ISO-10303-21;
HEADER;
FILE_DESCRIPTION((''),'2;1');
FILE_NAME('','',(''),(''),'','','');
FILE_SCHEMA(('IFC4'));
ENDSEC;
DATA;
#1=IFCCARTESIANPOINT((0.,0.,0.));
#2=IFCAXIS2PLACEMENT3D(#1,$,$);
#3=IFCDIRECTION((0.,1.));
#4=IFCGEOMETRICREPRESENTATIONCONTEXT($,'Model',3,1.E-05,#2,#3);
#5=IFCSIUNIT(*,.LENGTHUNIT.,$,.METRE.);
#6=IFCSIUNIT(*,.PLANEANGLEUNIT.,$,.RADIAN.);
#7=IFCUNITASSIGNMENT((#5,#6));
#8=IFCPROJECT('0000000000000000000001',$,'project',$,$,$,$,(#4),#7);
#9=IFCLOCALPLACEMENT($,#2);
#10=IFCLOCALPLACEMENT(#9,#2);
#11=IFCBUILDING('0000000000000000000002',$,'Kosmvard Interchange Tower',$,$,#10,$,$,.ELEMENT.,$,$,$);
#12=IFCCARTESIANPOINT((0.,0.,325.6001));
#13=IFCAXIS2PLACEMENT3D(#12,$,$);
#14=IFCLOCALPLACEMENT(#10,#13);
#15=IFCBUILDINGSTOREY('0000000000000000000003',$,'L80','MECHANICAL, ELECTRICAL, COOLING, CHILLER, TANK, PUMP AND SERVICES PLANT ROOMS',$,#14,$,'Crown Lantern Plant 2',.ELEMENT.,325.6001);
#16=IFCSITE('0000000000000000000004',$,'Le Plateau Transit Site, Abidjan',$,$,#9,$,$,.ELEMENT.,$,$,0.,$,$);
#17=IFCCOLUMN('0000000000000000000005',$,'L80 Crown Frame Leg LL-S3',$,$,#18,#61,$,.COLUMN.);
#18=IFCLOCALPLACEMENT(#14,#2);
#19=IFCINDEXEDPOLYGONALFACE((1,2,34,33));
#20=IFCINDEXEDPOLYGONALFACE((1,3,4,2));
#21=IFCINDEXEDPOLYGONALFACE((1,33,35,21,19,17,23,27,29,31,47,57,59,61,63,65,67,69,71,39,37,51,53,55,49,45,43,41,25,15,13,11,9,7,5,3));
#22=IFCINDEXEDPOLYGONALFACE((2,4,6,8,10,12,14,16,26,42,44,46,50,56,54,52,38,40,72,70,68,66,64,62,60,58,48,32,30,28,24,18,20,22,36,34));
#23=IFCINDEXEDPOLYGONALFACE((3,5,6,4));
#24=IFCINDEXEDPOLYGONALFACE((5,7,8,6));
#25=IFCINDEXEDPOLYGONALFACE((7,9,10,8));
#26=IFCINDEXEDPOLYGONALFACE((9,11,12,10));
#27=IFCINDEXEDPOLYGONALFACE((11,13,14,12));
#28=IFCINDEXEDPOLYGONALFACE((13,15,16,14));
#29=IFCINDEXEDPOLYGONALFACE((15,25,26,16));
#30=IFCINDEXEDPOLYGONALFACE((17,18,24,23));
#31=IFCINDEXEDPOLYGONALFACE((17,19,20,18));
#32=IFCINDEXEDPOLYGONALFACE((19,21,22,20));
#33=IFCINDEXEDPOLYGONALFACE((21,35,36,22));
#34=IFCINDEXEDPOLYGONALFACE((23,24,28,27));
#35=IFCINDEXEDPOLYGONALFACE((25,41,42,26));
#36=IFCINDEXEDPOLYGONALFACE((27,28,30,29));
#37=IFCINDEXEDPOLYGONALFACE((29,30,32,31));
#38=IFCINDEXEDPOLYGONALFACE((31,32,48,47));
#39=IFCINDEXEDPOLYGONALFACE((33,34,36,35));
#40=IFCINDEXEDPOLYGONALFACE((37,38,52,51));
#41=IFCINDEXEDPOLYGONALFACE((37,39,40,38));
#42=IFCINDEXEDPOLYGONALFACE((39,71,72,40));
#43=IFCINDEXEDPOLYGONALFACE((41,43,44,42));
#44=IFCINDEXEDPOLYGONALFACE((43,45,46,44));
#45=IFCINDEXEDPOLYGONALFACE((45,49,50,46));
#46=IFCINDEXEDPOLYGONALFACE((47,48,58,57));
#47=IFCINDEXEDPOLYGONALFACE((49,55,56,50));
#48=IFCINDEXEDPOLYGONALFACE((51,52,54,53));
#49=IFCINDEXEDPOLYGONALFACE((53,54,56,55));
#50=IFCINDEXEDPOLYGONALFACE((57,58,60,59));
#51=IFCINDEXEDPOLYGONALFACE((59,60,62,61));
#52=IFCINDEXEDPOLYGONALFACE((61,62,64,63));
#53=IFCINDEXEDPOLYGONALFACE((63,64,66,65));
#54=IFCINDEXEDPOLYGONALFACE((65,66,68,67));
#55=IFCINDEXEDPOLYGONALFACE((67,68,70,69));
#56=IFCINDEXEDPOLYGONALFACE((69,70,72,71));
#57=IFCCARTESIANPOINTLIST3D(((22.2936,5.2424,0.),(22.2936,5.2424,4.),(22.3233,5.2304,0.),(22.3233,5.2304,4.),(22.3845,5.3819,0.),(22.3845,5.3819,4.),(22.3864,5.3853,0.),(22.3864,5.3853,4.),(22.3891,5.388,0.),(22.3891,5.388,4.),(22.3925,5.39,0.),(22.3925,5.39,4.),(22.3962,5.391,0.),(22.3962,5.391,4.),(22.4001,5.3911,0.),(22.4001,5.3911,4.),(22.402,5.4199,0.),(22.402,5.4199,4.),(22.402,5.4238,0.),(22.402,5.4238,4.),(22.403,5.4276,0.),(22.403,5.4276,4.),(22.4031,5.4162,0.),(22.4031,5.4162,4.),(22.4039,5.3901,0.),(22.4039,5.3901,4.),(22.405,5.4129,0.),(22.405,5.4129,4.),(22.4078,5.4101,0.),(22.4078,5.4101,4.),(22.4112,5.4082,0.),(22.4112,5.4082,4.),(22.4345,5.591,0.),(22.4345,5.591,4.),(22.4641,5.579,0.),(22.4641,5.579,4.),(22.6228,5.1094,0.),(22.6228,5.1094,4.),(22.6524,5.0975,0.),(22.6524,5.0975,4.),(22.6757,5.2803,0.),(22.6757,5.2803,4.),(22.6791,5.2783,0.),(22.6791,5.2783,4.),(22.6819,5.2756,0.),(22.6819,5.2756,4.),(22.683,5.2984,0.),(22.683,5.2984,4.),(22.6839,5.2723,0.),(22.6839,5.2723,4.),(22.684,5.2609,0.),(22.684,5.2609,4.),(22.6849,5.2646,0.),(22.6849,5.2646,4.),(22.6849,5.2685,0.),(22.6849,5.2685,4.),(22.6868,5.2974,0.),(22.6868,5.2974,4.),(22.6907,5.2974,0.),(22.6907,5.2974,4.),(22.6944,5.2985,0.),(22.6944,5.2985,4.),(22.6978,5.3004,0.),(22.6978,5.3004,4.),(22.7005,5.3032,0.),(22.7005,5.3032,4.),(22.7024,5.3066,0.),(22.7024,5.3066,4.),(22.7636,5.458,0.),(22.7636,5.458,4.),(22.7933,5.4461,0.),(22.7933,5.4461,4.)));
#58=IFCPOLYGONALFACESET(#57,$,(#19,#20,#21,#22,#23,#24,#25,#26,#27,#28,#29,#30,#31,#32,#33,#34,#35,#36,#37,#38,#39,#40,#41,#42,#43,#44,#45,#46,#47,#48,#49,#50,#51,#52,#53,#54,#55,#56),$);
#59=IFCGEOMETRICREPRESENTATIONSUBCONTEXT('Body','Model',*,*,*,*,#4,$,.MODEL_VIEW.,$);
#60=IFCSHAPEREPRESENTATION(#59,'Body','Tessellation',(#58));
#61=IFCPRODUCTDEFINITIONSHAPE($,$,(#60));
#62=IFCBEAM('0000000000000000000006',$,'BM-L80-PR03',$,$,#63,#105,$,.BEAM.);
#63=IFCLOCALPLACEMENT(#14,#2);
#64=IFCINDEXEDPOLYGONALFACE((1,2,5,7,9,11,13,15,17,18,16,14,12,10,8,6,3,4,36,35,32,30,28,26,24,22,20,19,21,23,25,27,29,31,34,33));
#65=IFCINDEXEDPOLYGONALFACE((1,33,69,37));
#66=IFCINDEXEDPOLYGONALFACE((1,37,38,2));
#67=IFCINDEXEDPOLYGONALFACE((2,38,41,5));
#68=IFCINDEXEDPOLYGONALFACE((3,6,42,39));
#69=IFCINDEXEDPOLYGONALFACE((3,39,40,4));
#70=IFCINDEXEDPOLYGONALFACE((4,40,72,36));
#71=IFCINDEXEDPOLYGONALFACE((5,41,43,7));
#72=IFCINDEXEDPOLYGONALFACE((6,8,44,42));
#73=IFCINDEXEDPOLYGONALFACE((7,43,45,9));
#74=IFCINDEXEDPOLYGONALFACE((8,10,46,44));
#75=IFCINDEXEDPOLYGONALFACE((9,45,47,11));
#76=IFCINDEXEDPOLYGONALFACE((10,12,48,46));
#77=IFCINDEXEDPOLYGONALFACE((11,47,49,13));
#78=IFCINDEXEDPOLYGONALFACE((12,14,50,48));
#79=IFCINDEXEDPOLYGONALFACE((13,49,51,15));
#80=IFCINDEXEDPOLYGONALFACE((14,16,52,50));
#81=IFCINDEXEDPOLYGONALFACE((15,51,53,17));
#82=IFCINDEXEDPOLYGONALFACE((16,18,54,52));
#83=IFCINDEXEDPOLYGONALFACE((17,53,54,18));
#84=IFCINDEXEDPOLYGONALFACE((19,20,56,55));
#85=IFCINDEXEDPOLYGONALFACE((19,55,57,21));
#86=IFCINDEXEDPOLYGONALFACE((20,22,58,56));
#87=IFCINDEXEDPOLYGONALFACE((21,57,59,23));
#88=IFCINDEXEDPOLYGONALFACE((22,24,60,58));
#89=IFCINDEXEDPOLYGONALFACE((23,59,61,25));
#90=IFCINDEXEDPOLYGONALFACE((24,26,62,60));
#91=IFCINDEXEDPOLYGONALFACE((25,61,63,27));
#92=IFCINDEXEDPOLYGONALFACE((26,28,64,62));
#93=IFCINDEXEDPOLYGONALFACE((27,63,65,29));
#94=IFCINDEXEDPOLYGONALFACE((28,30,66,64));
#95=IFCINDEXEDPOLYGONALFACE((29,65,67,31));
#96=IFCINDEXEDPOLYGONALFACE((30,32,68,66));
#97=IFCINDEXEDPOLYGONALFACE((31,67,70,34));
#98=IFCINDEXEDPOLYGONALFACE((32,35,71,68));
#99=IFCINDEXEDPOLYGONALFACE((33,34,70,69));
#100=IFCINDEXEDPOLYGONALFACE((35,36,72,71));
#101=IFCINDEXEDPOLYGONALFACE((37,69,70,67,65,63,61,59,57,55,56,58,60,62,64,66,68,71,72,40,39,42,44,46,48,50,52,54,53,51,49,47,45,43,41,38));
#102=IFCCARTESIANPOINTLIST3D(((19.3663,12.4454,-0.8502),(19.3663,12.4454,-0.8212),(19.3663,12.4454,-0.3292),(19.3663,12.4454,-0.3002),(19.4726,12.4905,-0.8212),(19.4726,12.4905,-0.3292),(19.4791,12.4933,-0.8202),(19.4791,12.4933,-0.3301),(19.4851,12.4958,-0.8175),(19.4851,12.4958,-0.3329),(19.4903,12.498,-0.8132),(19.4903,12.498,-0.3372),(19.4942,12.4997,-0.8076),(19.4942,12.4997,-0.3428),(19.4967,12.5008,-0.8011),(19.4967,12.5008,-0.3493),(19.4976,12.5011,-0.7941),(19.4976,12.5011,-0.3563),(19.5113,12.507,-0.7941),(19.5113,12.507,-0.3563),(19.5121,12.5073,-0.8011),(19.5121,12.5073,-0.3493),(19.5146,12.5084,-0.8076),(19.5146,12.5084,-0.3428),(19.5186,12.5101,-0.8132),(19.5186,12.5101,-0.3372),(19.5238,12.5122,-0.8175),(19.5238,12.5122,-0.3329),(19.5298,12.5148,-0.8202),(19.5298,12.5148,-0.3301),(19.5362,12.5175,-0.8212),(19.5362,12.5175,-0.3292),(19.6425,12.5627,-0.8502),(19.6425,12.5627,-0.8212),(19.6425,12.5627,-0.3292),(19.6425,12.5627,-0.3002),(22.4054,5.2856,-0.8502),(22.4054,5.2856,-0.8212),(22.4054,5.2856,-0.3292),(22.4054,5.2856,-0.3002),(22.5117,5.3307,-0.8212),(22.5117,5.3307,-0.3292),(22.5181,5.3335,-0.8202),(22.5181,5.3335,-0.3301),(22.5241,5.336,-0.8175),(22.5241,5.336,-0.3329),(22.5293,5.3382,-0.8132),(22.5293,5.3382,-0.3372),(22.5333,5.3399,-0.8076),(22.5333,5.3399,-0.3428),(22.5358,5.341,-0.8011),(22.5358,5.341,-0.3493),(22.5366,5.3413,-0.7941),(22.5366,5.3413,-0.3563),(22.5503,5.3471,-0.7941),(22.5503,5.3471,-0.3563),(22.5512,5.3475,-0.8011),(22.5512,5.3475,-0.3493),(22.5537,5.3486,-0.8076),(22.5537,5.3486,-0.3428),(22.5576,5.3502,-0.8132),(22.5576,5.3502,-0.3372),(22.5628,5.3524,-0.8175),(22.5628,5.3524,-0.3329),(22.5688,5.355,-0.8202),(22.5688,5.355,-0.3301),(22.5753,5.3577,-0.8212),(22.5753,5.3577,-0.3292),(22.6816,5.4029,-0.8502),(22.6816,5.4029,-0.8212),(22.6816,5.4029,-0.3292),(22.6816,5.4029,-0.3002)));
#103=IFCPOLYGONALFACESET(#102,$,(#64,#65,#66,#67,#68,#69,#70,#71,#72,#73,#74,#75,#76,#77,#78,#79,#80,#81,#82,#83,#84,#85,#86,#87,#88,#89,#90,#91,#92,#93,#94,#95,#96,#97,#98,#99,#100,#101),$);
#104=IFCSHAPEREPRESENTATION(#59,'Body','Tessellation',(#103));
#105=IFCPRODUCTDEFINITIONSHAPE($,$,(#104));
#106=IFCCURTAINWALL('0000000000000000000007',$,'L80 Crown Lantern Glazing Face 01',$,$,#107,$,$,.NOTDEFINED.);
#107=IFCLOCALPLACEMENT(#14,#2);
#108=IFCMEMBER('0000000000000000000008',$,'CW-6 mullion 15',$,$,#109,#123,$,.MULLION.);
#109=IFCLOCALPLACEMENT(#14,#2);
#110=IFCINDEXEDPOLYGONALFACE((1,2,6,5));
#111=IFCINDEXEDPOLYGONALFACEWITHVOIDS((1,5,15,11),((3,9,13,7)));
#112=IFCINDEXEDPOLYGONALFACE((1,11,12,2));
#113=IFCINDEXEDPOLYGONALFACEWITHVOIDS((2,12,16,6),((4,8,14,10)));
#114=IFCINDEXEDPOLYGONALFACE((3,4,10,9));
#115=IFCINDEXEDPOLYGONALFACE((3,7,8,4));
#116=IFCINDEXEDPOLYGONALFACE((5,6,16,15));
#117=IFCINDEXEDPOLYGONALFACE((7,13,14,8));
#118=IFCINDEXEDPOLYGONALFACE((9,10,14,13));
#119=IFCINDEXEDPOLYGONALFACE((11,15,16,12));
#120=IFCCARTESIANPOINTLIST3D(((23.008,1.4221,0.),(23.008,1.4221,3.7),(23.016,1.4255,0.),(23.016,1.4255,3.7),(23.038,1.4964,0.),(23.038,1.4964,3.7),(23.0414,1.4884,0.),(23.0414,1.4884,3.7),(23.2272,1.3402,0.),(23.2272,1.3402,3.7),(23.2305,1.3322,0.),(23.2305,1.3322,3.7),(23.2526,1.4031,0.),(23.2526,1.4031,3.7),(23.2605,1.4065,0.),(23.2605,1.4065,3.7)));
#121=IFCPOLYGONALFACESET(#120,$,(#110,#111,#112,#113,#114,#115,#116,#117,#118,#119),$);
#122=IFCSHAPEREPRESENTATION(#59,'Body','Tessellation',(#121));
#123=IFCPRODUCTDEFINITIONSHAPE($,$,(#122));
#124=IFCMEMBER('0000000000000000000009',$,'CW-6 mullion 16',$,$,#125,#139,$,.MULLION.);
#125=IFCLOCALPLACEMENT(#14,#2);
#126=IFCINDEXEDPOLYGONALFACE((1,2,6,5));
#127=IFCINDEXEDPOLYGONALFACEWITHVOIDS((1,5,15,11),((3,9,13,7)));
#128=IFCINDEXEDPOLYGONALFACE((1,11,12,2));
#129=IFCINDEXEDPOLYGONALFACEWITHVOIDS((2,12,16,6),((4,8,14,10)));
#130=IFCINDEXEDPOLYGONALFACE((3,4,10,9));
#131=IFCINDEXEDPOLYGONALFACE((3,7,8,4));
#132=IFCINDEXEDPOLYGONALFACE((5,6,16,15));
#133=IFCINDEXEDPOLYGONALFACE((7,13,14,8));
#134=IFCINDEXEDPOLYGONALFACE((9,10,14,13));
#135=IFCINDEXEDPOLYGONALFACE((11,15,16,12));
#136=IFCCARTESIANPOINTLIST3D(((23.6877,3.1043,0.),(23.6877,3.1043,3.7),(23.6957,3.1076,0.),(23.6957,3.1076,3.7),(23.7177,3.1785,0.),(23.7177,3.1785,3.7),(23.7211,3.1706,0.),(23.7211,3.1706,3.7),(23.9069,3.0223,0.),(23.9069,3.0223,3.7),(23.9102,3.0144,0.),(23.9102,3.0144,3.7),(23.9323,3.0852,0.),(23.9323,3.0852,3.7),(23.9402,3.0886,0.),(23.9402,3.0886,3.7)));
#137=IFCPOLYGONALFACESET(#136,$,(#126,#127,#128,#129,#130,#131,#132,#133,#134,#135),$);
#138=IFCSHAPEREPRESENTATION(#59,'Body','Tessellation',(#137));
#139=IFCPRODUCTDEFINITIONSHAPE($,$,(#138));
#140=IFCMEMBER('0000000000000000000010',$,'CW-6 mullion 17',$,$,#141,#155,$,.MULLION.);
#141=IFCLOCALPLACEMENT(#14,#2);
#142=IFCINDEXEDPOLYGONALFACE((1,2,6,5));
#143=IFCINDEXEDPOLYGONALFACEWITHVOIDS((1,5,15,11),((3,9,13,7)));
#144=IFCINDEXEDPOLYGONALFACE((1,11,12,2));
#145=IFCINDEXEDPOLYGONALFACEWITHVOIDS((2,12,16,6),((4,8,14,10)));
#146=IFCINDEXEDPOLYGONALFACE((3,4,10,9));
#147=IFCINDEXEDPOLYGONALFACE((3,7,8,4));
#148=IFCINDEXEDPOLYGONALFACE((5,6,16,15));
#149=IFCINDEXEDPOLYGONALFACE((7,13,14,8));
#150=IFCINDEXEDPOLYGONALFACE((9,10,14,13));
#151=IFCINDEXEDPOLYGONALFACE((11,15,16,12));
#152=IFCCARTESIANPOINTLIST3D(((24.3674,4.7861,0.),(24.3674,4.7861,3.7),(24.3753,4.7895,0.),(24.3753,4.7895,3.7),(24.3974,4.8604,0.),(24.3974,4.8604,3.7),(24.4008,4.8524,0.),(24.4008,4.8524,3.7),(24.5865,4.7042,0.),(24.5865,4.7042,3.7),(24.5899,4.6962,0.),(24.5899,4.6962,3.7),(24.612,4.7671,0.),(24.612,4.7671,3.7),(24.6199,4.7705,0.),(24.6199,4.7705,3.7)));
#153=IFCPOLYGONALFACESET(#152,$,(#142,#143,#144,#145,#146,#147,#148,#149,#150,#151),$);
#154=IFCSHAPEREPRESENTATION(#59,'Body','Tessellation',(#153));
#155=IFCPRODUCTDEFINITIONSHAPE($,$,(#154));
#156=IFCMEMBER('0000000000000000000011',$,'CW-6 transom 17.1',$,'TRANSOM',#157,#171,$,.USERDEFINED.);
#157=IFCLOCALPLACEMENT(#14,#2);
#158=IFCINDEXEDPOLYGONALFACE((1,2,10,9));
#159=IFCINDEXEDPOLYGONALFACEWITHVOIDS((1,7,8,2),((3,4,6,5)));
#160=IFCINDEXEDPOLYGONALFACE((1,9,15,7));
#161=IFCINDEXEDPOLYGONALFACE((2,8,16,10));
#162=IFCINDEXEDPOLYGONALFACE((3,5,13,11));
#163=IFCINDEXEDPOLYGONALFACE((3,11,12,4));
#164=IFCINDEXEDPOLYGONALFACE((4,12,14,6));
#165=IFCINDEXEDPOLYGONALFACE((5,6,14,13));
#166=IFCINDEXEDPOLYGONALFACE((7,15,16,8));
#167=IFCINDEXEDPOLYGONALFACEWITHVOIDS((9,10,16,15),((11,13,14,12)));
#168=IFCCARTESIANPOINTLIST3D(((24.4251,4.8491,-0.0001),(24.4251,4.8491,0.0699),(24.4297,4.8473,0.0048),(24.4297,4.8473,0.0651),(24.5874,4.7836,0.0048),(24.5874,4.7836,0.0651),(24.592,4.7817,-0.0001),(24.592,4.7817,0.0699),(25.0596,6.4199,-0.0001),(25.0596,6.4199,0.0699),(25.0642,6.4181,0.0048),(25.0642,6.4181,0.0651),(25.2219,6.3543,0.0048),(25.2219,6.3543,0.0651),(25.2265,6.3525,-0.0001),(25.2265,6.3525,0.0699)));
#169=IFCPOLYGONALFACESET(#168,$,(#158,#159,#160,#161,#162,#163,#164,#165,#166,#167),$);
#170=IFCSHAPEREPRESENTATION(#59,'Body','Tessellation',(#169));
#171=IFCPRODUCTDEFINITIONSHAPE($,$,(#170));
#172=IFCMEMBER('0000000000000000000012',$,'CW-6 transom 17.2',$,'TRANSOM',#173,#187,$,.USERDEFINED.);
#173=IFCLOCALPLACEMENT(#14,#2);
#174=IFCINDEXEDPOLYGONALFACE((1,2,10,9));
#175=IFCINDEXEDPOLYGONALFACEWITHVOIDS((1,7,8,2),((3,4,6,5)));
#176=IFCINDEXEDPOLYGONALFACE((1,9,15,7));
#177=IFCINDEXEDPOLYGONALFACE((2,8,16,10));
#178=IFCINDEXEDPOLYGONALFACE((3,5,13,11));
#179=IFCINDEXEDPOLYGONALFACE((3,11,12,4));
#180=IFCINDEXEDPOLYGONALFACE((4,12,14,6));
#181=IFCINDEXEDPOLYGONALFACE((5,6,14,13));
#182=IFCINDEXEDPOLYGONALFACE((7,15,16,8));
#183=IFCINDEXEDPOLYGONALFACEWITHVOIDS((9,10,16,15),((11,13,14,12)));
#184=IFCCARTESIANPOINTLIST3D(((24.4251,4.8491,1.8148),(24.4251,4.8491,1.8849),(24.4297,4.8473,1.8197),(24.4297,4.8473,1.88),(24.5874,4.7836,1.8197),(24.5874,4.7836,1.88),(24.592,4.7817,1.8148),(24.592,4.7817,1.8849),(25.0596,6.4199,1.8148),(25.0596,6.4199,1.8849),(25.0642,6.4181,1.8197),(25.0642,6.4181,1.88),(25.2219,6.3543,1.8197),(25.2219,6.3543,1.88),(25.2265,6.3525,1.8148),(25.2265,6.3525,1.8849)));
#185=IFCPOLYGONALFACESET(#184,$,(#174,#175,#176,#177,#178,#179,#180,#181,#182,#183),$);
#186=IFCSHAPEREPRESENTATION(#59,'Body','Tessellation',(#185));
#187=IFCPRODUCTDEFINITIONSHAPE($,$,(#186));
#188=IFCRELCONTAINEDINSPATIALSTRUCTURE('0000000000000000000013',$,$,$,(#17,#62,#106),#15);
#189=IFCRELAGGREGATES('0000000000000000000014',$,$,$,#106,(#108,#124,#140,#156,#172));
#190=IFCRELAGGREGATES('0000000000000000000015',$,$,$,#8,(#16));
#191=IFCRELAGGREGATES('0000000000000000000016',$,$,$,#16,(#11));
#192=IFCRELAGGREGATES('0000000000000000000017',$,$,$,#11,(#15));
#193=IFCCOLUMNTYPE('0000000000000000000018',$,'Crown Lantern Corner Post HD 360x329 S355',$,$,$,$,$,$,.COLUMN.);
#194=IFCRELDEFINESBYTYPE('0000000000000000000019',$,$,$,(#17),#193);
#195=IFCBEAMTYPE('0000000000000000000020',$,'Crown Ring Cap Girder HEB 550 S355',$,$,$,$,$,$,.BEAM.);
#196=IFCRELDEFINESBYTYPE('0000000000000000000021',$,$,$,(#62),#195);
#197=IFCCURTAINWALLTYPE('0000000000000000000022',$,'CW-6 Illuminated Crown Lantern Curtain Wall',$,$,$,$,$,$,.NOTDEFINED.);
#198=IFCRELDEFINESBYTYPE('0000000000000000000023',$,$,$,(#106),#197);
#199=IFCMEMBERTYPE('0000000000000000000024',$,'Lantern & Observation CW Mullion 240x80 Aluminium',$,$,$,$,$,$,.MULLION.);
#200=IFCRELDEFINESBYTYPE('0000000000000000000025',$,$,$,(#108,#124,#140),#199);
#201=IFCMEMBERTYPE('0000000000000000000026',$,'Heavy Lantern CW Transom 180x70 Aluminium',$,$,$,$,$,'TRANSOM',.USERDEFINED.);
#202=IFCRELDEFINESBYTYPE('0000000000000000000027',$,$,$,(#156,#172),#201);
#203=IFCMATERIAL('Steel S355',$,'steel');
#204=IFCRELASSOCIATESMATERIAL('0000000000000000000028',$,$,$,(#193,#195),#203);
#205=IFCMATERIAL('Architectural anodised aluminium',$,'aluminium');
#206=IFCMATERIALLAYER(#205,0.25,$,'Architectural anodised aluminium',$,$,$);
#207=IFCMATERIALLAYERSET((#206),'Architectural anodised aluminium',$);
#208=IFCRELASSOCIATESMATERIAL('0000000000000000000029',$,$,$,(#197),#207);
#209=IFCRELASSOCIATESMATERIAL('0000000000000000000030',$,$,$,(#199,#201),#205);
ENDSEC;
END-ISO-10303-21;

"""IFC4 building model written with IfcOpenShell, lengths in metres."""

from ifc_helpers import new_model, si_unit, direction, frame, origin, origin_2d, place, context, subcontext, project, spatial, hollow_rectangle, i_section, extrude, source, transform, mapped, material, layer, layer_set, material_profile, profile_set, type_object, element, aggregate, save


model = new_model("IFC4")

# Units and contexts
model_context = context("Model", 3, precision=1e-05, world=origin(), true_north=direction((0.0, 1.0)))
body_context = subcontext(model_context, "Body", "Model", "MODEL_VIEW")
ifc_project = project(units=[si_unit("LENGTHUNIT", "METRE"), si_unit("PLANEANGLEUNIT", "RADIAN")], contexts=[model_context])

# Site, building, storey
site_placement = place(None, origin())
site = spatial("IfcSite", under=ifc_project, at=site_placement, Name="Le Plateau Transit Site, Abidjan", CompositionType="ELEMENT", RefElevation=0.0)
building_placement = place(site_placement, origin())
building = spatial("IfcBuilding", under=site, at=building_placement, Name="Kosmvard Interchange Tower", CompositionType="ELEMENT")
storey_placement = place(building_placement, frame((0.0, 0.0, 325.6001)))
storey = spatial("IfcBuildingStorey", under=building, at=storey_placement, Name="L80", Description="MECHANICAL, ELECTRICAL, COOLING, CHILLER, TANK, PUMP AND SERVICES PLANT ROOMS", LongName="Crown Lantern Plant 2", CompositionType="ELEMENT", Elevation=325.6001)

# Column
ifc_material_1 = material(Name="Steel S355", Category="steel")
ifc_material_profile_1 = material_profile(ifc_material_1, i_section(OverallWidth=0.376, OverallDepth=0.387, WebThickness=0.0195, FlangeThickness=0.032, FilletRadius=0.0149, at=origin_2d()), Name="HD 360x329")
ifc_profile_set_1 = profile_set([ifc_material_profile_1], Name="Steel S355")
column_type = type_object("IfcColumnType", Name="Crown Lantern Corner Post HD 360x329 S355", PredefinedType="COLUMN", material=ifc_profile_set_1)
shared_shape_1 = source(origin(), body_context, "Body", "SweptSolid", [
    extrude(i_section(OverallWidth=0.376, OverallDepth=0.387, WebThickness=0.0195, FlangeThickness=0.032, FilletRadius=0.0149, at=origin_2d()), origin(), (0.0, 0.0, 1.0), 4.0),
])
column_placement = place(storey_placement, frame((22.5435, 5.3442, 0.0), z_axis=(0.0, 0.0, 1.0), x_axis=(0.374607, 0.927184, 0.0)))
element("IfcColumn", 1, at=column_placement, inside=storey, type_object=column_type, Name="L80 Crown Frame Leg LL-S3", PredefinedType="COLUMN", context=body_context, shape_type="MappedRepresentation", body=[
    mapped(shared_shape_1, transform((0.0, 0.0, 0.0), scale=1.0)),
])

# Beam
ifc_material_profile_2 = material_profile(ifc_material_1, i_section(OverallWidth=0.3, OverallDepth=0.55, WebThickness=0.0149, FlangeThickness=0.0291, FilletRadius=0.0271, at=origin_2d()), Name="HEB 550")
ifc_profile_set_2 = profile_set([ifc_material_profile_2], Name="Steel S355")
beam_type = type_object("IfcBeamType", Name="Crown Ring Cap Girder HEB 550 S355", PredefinedType="BEAM", material=ifc_profile_set_2)
shared_shape_2 = source(origin(), body_context, "Body", "SweptSolid", [
    extrude(i_section(OverallWidth=0.3, OverallDepth=0.55, WebThickness=0.0149, FlangeThickness=0.0291, FilletRadius=0.0271, at=origin_2d()), origin(), (0.0, 0.0, 1.0), 7.7781),
])
beam_placement = place(storey_placement, frame((22.5435, 5.3442, -0.5752), z_axis=(-0.390716, 0.920511, 0.0), x_axis=(-0.920511, -0.390716, 0.0)))
element("IfcBeam", 2, at=beam_placement, inside=storey, type_object=beam_type, Name="BM-L80-PR03", PredefinedType="BEAM", context=body_context, shape_type="MappedRepresentation", body=[
    mapped(shared_shape_2, transform((0.0, 0.0, 0.0), scale=1.0)),
])

# Curtain wall, members
ifc_material_2 = material(Name="Architectural anodised aluminium", Category="aluminium")
ifc_layer_1 = layer(ifc_material_2, 0.25, Name="Architectural anodised aluminium")
ifc_layer_set_1 = layer_set([ifc_layer_1], Name="Architectural anodised aluminium")
curtain_wall_type = type_object("IfcCurtainWallType", Name="CW-6 Illuminated Crown Lantern Curtain Wall", PredefinedType="NOTDEFINED", material=ifc_layer_set_1)
curtain_wall_placement = place(storey_placement, origin())
curtain_wall = element("IfcCurtainWall", 3, at=curtain_wall_placement, inside=storey, type_object=curtain_wall_type, Name="L80 Crown Lantern Glazing Face 01", PredefinedType="NOTDEFINED")
ifc_material_profile_3 = material_profile(ifc_material_2, hollow_rectangle(XDim=0.24, YDim=0.0801, WallThickness=0.0061, at=origin_2d()), Name="CWM 240x80x6")
ifc_profile_set_3 = profile_set([ifc_material_profile_3], Name="Architectural anodised aluminium")
member_type_1 = type_object("IfcMemberType", Name="Lantern & Observation CW Mullion 240x80 Aluminium", PredefinedType="MULLION", material=ifc_profile_set_3)
shared_shape_3 = source(origin(), body_context, "Body", "SweptSolid", [
    extrude(hollow_rectangle(XDim=0.24, YDim=0.0801, WallThickness=0.0061, at=origin_2d()), origin(), (0.0, 0.0, 1.0), 3.7),
])
member_1_placement = place(storey_placement, frame((23.1343, 1.4143, 0.0), z_axis=(0.0, 0.0, 1.0), x_axis=(-0.927184, 0.374607, 0.0)))
member_1 = element("IfcMember", 4, at=member_1_placement, type_object=member_type_1, Name="CW-6 mullion 15", PredefinedType="MULLION", context=body_context, shape_type="MappedRepresentation", body=[
    mapped(shared_shape_3, transform((0.0, 0.0, 0.0), scale=1.0)),
])
member_2_placement = place(storey_placement, frame((23.814, 3.0964, 0.0), z_axis=(0.0, 0.0, 1.0), x_axis=(-0.927184, 0.374607, 0.0)))
member_2 = element("IfcMember", 5, at=member_2_placement, type_object=member_type_1, Name="CW-6 mullion 16", PredefinedType="MULLION", context=body_context, shape_type="MappedRepresentation", body=[
    mapped(shared_shape_3, transform((0.0, 0.0, 0.0), scale=1.0)),
])
member_3_placement = place(storey_placement, frame((24.4937, 4.7783, 0.0), z_axis=(0.0, 0.0, 1.0), x_axis=(-0.927184, 0.374607, 0.0)))
member_3 = element("IfcMember", 6, at=member_3_placement, type_object=member_type_1, Name="CW-6 mullion 17", PredefinedType="MULLION", context=body_context, shape_type="MappedRepresentation", body=[
    mapped(shared_shape_3, transform((0.0, 0.0, 0.0), scale=1.0)),
])
ifc_material_profile_4 = material_profile(ifc_material_2, hollow_rectangle(XDim=0.1799, YDim=0.0701, WallThickness=0.0049, at=origin_2d()), Name="CWT 180x70x5")
ifc_profile_set_4 = profile_set([ifc_material_profile_4], Name="Architectural anodised aluminium")
member_type_2 = type_object("IfcMemberType", Name="Heavy Lantern CW Transom 180x70 Aluminium", ElementType="TRANSOM", PredefinedType="USERDEFINED", material=ifc_profile_set_4)
shared_shape_4 = source(origin(), body_context, "Body", "SweptSolid", [
    extrude(hollow_rectangle(XDim=0.1799, YDim=0.0701, WallThickness=0.0049, at=origin_2d()), origin(), (0.0, 0.0, 1.0), 1.6941),
])
member_4_placement = place(storey_placement, frame((24.5085, 4.8154, 0.0349), z_axis=(0.374544, 0.927209, 0.0), x_axis=(-0.927209, 0.374544, 0.0)))
member_4 = element("IfcMember", 7, at=member_4_placement, type_object=member_type_2, Name="CW-6 transom 17.1", ObjectType="TRANSOM", PredefinedType="USERDEFINED", context=body_context, shape_type="MappedRepresentation", body=[
    mapped(shared_shape_4, transform((0.0, 0.0, 0.0), scale=1.0)),
])
member_5_placement = place(storey_placement, frame((24.5085, 4.8154, 1.8499), z_axis=(0.374544, 0.927209, 0.0), x_axis=(-0.927209, 0.374544, 0.0)))
member_5 = element("IfcMember", 8, at=member_5_placement, type_object=member_type_2, Name="CW-6 transom 17.2", ObjectType="TRANSOM", PredefinedType="USERDEFINED", context=body_context, shape_type="MappedRepresentation", body=[
    mapped(shared_shape_4, transform((0.0, 0.0, 0.0), scale=1.0)),
])

aggregate(curtain_wall, [member_1, member_2, member_3, member_4, member_5])

save(model, "model.ifc")
